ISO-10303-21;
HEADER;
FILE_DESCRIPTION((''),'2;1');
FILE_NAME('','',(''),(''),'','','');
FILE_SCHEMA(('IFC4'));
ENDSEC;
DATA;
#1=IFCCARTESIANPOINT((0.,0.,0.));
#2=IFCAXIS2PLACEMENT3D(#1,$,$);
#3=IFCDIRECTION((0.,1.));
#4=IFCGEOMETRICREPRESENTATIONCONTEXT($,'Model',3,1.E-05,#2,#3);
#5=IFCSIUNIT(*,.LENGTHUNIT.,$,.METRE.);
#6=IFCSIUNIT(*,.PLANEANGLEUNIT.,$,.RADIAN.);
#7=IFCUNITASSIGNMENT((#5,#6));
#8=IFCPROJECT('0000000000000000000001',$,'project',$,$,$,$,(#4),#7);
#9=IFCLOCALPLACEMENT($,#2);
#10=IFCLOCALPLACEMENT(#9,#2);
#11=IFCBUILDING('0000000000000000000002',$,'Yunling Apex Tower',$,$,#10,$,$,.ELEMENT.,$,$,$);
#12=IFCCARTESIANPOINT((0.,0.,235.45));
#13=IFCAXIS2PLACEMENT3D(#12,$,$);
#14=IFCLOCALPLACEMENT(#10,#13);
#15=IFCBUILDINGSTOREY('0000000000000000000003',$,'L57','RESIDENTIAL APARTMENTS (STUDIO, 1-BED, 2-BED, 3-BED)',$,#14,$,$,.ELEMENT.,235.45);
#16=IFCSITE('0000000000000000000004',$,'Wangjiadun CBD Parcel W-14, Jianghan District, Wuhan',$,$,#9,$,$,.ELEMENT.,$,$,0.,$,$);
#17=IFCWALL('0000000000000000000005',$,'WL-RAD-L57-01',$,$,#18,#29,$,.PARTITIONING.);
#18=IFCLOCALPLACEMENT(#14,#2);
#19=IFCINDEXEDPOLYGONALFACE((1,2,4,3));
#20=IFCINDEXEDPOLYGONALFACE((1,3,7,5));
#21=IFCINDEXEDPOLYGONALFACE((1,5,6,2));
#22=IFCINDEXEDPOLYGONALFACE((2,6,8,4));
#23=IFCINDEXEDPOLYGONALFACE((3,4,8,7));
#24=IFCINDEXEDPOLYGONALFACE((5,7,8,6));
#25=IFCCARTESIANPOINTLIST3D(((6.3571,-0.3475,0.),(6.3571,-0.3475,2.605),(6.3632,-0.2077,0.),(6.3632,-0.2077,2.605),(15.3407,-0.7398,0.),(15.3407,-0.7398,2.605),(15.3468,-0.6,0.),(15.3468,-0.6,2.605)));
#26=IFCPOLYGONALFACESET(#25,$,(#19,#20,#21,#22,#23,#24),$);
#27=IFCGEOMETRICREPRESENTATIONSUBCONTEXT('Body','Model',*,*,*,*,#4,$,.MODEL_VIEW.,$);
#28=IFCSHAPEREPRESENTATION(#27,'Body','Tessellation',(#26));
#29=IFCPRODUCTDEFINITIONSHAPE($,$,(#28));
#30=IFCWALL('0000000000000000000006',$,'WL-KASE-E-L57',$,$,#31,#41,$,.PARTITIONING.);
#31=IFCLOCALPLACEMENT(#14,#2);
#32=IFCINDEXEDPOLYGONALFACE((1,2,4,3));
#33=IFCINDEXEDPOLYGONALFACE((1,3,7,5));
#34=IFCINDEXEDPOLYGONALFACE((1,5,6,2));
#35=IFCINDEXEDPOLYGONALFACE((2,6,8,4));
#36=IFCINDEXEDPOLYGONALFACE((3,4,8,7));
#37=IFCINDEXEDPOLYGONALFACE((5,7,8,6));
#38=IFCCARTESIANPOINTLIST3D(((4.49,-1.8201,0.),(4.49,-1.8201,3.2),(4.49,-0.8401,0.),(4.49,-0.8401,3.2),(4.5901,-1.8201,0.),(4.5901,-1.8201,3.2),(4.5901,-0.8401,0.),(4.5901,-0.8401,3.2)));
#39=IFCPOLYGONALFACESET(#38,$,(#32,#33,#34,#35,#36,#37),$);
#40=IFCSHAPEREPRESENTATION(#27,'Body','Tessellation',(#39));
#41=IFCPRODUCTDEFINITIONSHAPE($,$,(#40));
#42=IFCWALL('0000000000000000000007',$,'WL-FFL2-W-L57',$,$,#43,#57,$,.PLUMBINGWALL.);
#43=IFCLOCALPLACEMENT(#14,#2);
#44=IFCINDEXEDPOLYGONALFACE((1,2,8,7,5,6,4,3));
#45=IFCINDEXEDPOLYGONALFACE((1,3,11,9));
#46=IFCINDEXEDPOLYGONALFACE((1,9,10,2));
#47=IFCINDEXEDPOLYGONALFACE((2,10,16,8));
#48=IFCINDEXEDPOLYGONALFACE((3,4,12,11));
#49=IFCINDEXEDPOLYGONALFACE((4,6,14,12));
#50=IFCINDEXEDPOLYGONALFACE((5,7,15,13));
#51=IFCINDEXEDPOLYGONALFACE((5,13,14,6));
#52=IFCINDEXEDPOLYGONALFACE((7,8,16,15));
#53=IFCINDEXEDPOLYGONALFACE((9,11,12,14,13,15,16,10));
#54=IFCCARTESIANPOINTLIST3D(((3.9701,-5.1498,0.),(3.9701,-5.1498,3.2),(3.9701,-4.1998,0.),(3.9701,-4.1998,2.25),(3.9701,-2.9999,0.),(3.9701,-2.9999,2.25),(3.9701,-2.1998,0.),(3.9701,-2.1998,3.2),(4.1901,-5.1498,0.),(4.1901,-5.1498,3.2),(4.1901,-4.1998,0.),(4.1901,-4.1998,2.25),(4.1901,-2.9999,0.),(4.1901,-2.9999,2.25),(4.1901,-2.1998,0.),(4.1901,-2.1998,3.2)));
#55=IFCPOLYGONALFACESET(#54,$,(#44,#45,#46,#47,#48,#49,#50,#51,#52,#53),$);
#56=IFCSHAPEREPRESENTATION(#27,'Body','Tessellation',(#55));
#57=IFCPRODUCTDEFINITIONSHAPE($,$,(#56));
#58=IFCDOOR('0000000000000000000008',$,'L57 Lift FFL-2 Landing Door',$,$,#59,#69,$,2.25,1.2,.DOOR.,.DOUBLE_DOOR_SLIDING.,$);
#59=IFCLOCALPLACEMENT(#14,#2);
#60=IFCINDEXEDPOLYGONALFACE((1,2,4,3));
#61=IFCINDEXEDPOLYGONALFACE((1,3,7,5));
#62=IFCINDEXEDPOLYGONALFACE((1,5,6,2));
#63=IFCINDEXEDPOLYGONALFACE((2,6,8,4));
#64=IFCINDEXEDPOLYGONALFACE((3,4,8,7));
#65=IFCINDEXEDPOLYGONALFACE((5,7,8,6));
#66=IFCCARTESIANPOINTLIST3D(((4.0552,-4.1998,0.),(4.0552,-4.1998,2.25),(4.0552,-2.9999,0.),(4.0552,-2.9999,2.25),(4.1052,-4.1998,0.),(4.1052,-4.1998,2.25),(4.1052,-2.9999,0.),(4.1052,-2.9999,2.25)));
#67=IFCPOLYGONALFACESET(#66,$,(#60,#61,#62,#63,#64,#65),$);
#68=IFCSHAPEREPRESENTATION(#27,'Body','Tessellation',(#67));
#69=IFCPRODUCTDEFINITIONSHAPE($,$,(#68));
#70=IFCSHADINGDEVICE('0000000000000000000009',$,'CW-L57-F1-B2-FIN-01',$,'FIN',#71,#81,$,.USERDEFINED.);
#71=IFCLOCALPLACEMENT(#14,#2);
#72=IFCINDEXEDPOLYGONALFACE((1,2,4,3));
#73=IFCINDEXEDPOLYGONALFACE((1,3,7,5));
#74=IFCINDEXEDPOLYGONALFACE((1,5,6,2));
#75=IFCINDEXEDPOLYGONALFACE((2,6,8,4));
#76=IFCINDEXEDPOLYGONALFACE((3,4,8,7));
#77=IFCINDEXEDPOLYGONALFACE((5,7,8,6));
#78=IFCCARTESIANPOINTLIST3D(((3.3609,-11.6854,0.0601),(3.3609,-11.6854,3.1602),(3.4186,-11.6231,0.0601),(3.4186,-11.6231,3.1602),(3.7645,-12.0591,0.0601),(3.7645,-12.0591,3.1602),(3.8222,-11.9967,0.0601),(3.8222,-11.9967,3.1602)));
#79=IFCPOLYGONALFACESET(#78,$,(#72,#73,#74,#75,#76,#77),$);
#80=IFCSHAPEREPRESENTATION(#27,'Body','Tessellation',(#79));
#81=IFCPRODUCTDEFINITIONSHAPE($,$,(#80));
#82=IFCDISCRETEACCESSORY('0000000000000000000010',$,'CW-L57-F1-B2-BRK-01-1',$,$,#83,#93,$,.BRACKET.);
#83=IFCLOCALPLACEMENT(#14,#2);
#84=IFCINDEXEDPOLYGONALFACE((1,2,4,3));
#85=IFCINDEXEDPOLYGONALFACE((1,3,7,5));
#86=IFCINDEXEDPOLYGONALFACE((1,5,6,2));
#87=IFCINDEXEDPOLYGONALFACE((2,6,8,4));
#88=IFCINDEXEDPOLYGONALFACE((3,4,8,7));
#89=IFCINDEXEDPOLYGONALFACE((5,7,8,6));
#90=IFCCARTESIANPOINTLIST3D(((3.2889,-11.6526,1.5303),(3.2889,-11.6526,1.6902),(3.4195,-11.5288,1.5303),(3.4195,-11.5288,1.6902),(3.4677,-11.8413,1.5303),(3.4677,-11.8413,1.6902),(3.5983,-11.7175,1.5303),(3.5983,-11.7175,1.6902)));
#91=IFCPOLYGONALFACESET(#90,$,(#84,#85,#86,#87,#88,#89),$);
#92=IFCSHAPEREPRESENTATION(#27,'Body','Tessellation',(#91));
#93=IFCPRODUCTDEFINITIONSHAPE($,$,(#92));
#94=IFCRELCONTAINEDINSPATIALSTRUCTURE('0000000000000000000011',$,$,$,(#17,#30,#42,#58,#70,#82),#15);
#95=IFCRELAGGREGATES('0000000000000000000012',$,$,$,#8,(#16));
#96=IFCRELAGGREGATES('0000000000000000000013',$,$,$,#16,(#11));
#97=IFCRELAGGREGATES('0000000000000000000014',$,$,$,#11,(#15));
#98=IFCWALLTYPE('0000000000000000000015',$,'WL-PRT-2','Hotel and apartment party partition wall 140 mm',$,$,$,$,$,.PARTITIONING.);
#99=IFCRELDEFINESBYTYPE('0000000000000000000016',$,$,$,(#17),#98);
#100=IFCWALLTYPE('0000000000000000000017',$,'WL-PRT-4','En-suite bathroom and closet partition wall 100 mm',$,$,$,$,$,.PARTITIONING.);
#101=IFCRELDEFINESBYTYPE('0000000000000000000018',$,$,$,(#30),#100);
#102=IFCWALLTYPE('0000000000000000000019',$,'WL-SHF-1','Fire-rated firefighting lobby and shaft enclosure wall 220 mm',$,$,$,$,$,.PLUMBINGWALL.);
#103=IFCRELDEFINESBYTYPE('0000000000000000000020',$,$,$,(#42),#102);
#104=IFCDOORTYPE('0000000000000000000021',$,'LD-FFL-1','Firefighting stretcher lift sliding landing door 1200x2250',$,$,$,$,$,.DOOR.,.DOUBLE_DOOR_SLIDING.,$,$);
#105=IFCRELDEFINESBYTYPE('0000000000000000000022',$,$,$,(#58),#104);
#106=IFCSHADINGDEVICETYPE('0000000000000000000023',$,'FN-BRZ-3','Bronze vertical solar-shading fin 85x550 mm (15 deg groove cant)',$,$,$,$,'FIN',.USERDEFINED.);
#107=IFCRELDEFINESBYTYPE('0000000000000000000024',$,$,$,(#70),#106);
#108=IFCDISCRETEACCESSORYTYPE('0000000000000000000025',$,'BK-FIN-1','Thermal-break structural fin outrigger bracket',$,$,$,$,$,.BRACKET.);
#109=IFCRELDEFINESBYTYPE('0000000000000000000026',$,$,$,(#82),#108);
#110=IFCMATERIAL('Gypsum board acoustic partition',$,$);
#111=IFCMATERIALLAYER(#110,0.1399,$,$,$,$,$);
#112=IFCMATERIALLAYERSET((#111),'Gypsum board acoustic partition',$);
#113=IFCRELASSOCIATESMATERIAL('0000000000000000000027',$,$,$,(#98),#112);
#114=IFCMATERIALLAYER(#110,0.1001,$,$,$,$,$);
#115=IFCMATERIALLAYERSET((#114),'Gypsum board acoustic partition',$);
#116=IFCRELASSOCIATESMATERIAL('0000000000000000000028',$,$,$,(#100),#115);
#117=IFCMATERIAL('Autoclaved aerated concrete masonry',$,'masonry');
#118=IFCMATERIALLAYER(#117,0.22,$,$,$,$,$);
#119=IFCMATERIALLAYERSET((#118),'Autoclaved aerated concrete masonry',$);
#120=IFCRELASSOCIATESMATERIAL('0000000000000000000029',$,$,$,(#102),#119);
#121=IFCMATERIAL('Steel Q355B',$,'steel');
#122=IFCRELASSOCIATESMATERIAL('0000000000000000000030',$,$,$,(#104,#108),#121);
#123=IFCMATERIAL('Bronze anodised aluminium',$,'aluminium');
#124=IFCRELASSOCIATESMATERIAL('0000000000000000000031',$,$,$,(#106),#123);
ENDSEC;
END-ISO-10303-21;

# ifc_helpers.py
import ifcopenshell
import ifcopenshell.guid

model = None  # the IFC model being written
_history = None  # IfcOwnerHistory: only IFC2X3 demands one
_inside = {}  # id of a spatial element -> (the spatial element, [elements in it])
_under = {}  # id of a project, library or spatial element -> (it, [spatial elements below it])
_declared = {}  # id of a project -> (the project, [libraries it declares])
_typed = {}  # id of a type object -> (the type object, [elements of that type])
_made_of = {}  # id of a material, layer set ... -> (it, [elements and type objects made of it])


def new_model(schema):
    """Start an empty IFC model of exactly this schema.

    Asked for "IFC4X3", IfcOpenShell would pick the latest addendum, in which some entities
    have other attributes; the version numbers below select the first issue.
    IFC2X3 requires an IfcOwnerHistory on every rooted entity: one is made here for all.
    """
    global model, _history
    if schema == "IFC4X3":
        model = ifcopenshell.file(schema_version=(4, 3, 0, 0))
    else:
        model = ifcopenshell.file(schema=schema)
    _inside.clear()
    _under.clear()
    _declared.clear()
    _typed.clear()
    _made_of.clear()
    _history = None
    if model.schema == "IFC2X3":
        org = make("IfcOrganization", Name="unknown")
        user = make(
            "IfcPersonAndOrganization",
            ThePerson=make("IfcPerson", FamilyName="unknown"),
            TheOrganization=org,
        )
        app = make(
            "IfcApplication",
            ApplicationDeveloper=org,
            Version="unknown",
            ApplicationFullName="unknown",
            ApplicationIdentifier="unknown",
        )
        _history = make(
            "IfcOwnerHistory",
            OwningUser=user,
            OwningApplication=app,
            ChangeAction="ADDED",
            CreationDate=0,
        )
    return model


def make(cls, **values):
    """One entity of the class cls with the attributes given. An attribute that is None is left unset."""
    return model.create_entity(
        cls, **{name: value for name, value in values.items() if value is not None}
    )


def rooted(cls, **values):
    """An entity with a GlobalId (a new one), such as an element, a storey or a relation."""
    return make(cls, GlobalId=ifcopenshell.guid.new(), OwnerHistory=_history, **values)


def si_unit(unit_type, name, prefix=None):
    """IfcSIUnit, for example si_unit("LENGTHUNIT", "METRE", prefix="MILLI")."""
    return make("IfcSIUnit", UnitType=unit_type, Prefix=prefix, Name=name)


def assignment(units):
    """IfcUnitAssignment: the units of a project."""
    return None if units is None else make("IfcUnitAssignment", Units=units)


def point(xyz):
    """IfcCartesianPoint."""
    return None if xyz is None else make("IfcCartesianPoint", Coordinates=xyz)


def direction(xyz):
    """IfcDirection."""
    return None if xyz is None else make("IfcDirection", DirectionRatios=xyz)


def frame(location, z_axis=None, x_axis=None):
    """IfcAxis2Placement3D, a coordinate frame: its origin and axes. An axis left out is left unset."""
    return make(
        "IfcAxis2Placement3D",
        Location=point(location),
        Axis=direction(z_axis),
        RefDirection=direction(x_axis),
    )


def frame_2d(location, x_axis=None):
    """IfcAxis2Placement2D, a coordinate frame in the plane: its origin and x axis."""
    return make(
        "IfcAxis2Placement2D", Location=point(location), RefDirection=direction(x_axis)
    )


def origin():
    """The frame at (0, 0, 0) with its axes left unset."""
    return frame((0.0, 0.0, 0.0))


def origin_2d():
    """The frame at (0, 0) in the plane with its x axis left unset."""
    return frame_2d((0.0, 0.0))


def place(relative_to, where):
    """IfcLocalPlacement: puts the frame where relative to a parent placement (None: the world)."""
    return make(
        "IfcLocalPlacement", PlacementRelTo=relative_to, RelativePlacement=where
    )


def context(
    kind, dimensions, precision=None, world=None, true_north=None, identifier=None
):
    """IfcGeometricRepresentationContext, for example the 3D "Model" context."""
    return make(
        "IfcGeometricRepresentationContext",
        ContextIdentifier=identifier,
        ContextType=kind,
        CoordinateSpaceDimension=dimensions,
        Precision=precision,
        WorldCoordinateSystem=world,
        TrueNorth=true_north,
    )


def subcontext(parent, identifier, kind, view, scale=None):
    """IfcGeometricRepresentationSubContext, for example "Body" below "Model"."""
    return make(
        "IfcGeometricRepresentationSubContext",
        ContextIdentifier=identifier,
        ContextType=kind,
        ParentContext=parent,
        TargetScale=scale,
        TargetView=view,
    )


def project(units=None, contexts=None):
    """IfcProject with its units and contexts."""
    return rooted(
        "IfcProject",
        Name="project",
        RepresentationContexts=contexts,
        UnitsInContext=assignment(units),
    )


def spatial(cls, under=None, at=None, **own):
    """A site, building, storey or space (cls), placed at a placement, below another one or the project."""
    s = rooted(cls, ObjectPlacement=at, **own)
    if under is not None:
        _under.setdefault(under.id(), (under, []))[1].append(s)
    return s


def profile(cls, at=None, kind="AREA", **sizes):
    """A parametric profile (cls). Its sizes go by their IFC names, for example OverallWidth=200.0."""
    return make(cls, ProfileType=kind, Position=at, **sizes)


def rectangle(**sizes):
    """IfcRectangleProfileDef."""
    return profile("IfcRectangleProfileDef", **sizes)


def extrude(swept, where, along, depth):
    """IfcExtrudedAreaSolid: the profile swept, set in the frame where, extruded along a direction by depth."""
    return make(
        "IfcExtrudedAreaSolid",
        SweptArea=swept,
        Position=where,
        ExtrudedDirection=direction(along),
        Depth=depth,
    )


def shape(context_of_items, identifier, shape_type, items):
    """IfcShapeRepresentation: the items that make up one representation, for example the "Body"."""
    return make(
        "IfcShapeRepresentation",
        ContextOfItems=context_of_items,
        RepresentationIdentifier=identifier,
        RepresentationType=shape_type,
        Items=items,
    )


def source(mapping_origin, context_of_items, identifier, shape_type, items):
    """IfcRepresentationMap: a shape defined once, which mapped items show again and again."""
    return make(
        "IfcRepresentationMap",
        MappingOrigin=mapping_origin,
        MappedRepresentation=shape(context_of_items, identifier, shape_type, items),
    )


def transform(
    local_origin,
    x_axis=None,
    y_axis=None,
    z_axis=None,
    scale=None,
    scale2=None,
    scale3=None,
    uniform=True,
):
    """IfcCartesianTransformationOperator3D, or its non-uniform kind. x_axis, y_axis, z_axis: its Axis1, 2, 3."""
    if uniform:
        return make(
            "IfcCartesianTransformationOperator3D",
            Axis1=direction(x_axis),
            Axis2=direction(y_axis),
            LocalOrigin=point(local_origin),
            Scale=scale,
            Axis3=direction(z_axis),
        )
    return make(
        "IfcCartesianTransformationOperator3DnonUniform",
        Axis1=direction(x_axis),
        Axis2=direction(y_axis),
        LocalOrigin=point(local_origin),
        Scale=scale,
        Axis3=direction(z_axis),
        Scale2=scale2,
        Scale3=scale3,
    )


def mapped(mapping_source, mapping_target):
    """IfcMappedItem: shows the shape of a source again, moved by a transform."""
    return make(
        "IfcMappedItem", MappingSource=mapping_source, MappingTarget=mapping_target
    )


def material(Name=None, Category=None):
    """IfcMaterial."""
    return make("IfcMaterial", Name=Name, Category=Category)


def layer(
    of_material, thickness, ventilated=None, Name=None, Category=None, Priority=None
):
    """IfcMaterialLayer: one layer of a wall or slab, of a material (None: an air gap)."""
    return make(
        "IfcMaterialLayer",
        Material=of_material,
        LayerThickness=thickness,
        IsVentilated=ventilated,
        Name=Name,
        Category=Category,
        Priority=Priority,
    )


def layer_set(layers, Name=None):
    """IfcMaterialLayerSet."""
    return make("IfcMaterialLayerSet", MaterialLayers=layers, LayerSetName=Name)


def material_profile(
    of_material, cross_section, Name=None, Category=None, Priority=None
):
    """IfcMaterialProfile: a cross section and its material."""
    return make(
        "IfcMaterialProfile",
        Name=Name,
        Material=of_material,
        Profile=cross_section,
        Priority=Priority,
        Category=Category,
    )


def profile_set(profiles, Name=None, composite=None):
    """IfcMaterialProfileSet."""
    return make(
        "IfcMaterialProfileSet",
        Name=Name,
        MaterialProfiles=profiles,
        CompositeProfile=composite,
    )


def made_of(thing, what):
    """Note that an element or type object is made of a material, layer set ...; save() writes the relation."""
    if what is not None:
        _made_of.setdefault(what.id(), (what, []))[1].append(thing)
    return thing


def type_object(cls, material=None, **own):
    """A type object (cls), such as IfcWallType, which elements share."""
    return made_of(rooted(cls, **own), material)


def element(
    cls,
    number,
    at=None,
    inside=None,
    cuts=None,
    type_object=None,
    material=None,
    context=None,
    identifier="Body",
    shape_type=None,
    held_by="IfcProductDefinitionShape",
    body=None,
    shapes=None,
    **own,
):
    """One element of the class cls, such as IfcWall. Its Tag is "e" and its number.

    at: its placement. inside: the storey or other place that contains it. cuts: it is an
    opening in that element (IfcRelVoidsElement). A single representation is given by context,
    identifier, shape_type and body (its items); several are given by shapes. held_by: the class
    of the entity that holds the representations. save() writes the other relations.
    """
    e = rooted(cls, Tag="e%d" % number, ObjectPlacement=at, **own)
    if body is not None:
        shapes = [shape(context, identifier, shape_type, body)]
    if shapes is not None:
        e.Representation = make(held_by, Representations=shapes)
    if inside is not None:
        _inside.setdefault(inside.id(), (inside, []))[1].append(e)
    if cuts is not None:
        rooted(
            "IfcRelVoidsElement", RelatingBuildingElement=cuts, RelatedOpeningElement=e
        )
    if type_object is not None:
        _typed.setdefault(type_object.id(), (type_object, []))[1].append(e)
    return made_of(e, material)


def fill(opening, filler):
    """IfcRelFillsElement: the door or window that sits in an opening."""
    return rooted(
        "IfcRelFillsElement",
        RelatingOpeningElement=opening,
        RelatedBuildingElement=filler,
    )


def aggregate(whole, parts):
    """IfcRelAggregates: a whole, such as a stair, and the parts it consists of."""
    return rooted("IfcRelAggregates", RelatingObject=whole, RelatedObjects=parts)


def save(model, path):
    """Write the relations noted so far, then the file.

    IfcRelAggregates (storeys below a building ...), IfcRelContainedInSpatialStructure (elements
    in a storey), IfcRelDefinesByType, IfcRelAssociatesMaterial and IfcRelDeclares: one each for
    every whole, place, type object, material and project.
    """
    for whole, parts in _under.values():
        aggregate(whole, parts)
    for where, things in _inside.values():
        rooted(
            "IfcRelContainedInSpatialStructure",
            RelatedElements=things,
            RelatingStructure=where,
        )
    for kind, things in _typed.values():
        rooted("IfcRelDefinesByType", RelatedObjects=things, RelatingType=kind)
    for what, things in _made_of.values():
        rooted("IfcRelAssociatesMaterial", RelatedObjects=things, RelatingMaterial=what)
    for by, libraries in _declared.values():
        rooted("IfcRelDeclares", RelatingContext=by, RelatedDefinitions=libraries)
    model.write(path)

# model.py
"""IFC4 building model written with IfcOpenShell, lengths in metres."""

from ifc_helpers import new_model, si_unit, direction, frame, frame_2d, origin, origin_2d, place, context, subcontext, project, spatial, rectangle, extrude, source, transform, mapped, material, layer, layer_set, material_profile, profile_set, type_object, element, fill, save


model = new_model("IFC4")

# Units and contexts
model_context = context("Model", 3, precision=1e-05, world=origin(), true_north=direction((0.0, 1.0)))
body_context = subcontext(model_context, "Body", "Model", "MODEL_VIEW")
ifc_project = project(units=[si_unit("LENGTHUNIT", "METRE"), si_unit("PLANEANGLEUNIT", "RADIAN")], contexts=[model_context])

# Site, building, storey
site_placement = place(None, origin())
site = spatial("IfcSite", under=ifc_project, at=site_placement, Name="Wangjiadun CBD Parcel W-14, Jianghan District, Wuhan", CompositionType="ELEMENT", RefElevation=0.0)
building_placement = place(site_placement, origin())
building = spatial("IfcBuilding", under=site, at=building_placement, Name="Yunling Apex Tower", CompositionType="ELEMENT")
storey_placement = place(building_placement, frame((0.0, 0.0, 235.45)))
storey = spatial("IfcBuildingStorey", under=building, at=storey_placement, Name="L57", Description="RESIDENTIAL APARTMENTS (STUDIO, 1-BED, 2-BED, 3-BED)", CompositionType="ELEMENT", Elevation=235.45)

# Shared definitions
ifc_material_1 = material(Name="Steel Q355B", Category="steel")

# Shared definitions
ifc_material_2 = material(Name="Bronze anodised aluminium", Category="aluminium")

# Shared definitions
ifc_material_3 = material(Name="Gypsum board acoustic partition")

# Walls
ifc_layer_1 = layer(ifc_material_3, 0.1399)
ifc_layer_set_1 = layer_set([ifc_layer_1], Name="Gypsum board acoustic partition")
wall_type_1 = type_object("IfcWallType", Name="WL-PRT-2", Description="Hotel and apartment party partition wall 140 mm", PredefinedType="PARTITIONING", material=ifc_layer_set_1)
wall_1_placement = place(storey_placement, frame((6.3601, -0.2776, 0.0), z_axis=(0.0, 0.0, 1.0), x_axis=(0.999048, -0.04363, 0.0)))
element("IfcWall", 1, at=wall_1_placement, inside=storey, type_object=wall_type_1, Name="WL-RAD-L57-01", PredefinedType="PARTITIONING", context=body_context, shape_type="SweptSolid", body=[
    extrude(rectangle(XDim=8.9922, YDim=0.1399, at=frame_2d((4.4961, 0.0))), origin(), (0.0, 0.0, 1.0), 2.605),
])
ifc_layer_2 = layer(ifc_material_3, 0.1001)
ifc_layer_set_2 = layer_set([ifc_layer_2], Name="Gypsum board acoustic partition")
wall_type_2 = type_object("IfcWallType", Name="WL-PRT-4", Description="En-suite bathroom and closet partition wall 100 mm", PredefinedType="PARTITIONING", material=ifc_layer_set_2)
wall_2_placement = place(storey_placement, frame((4.54, -1.8201, 0.0), z_axis=(0.0, 0.0, 1.0), x_axis=(0.0, 1.0, 0.0)))
element("IfcWall", 2, at=wall_2_placement, inside=storey, type_object=wall_type_2, Name="WL-KASE-E-L57", PredefinedType="PARTITIONING", context=body_context, shape_type="SweptSolid", body=[
    extrude(rectangle(XDim=0.98, YDim=0.1001, at=frame_2d((0.49, 0.0))), origin(), (0.0, 0.0, 1.0), 3.2),
])

# Wall, opening, door
ifc_material_4 = material(Name="Autoclaved aerated concrete masonry", Category="masonry")
ifc_layer_3 = layer(ifc_material_4, 0.22)
ifc_layer_set_3 = layer_set([ifc_layer_3], Name="Autoclaved aerated concrete masonry")
wall_type_3 = type_object("IfcWallType", Name="WL-SHF-1", Description="Fire-rated firefighting lobby and shaft enclosure wall 220 mm", PredefinedType="PLUMBINGWALL", material=ifc_layer_set_3)
wall_3_placement = place(storey_placement, frame((4.0801, -5.1499, 0.0), z_axis=(0.0, 0.0, 1.0), x_axis=(0.0, 1.0, 0.0)))
wall_3 = element("IfcWall", 3, at=wall_3_placement, inside=storey, type_object=wall_type_3, Name="WL-FFL2-W-L57", PredefinedType="PLUMBINGWALL", context=body_context, shape_type="SweptSolid", body=[
    extrude(rectangle(XDim=2.95, YDim=0.22, at=frame_2d((1.4751, 0.0))), origin(), (0.0, 0.0, 1.0), 3.2),
])
opening_1_placement = place(wall_3_placement, frame((0.95, 0.0, 0.0)))
opening_1 = element("IfcOpeningElement", 4, at=opening_1_placement, cuts=wall_3, PredefinedType="OPENING", context=body_context, shape_type="SweptSolid", body=[
    extrude(rectangle(XDim=1.2, YDim=2.25, at=frame_2d((0.6001, 1.125))), frame((0.0, 0.1201, 0.0), z_axis=(0.0, -1.0, 0.0), x_axis=(1.0, 0.0, 0.0)), (0.0, 0.0, 1.0), 0.24),
])
door_type_1 = type_object("IfcDoorType", Name="LD-FFL-1", Description="Firefighting stretcher lift sliding landing door 1200x2250", OperationType="DOUBLE_DOOR_SLIDING", PredefinedType="DOOR", material=ifc_material_1)
door_1_placement = place(opening_1_placement, origin())
door_1 = element("IfcDoor", 5, at=door_1_placement, inside=storey, type_object=door_type_1, Name="L57 Lift FFL-2 Landing Door", OperationType="DOUBLE_DOOR_SLIDING", OverallHeight=2.25, OverallWidth=1.2, PredefinedType="DOOR", context=body_context, shape_type="SweptSolid", body=[
    extrude(rectangle(XDim=1.2, YDim=2.25, at=frame_2d((0.6001, 1.125))), frame((0.0, 0.0249, 0.0), z_axis=(0.0, -1.0, 0.0), x_axis=(1.0, 0.0, 0.0)), (0.0, 0.0, 1.0), 0.05),
])
fill(opening_1, door_1)

# Shading device
ifc_material_profile_1 = material_profile(ifc_material_2, rectangle(XDim=0.085, YDim=0.55, at=origin_2d()))
ifc_profile_set_1 = profile_set([ifc_material_profile_1], Name="Bronze anodised aluminium")
shading_device_type = type_object("IfcShadingDeviceType", Name="FN-BRZ-3", Description="Bronze vertical solar-shading fin 85x550 mm (15 deg groove cant)", ElementType="FIN", PredefinedType="USERDEFINED", material=ifc_profile_set_1)
shared_shape_1 = source(origin(), body_context, "Body", "SweptSolid", [
    extrude(rectangle(XDim=0.085, YDim=0.55, at=origin_2d()), origin(), (0.0, 0.0, 1.0), 3.1001),
])
shading_device_placement = place(storey_placement, frame((3.5916, -11.8411, 0.0601), z_axis=(0.0, 0.0, 1.0), x_axis=(0.679313, 0.733848, 0.0)))
element("IfcShadingDevice", 6, at=shading_device_placement, inside=storey, type_object=shading_device_type, Name="CW-L57-F1-B2-FIN-01", ObjectType="FIN", PredefinedType="USERDEFINED", context=body_context, shape_type="MappedRepresentation", body=[
    mapped(shared_shape_1, transform((0.0, 0.0, 0.0), scale=1.0)),
])

# Discrete accessory
discrete_accessory_type = type_object("IfcDiscreteAccessoryType", Name="BK-FIN-1", Description="Thermal-break structural fin outrigger bracket", PredefinedType="BRACKET", material=ifc_material_1)
shared_shape_2 = source(origin(), body_context, "Body", "SweptSolid", [
    extrude(rectangle(XDim=0.1799, YDim=0.26, at=origin_2d()), origin(), (0.0, 0.0, 1.0), 0.1599),
])
discrete_accessory_placement = place(storey_placement, frame((3.4436, -11.6851, 1.5303), z_axis=(0.0, 0.0, 1.0), x_axis=(0.725855, 0.687848, 0.0)))
element("IfcDiscreteAccessory", 7, at=discrete_accessory_placement, inside=storey, type_object=discrete_accessory_type, Name="CW-L57-F1-B2-BRK-01-1", PredefinedType="BRACKET", context=body_context, shape_type="MappedRepresentation", body=[
    mapped(shared_shape_2, transform((0.0, 0.0, 0.0), scale=1.0)),
])

save(model, "model.ifc")
